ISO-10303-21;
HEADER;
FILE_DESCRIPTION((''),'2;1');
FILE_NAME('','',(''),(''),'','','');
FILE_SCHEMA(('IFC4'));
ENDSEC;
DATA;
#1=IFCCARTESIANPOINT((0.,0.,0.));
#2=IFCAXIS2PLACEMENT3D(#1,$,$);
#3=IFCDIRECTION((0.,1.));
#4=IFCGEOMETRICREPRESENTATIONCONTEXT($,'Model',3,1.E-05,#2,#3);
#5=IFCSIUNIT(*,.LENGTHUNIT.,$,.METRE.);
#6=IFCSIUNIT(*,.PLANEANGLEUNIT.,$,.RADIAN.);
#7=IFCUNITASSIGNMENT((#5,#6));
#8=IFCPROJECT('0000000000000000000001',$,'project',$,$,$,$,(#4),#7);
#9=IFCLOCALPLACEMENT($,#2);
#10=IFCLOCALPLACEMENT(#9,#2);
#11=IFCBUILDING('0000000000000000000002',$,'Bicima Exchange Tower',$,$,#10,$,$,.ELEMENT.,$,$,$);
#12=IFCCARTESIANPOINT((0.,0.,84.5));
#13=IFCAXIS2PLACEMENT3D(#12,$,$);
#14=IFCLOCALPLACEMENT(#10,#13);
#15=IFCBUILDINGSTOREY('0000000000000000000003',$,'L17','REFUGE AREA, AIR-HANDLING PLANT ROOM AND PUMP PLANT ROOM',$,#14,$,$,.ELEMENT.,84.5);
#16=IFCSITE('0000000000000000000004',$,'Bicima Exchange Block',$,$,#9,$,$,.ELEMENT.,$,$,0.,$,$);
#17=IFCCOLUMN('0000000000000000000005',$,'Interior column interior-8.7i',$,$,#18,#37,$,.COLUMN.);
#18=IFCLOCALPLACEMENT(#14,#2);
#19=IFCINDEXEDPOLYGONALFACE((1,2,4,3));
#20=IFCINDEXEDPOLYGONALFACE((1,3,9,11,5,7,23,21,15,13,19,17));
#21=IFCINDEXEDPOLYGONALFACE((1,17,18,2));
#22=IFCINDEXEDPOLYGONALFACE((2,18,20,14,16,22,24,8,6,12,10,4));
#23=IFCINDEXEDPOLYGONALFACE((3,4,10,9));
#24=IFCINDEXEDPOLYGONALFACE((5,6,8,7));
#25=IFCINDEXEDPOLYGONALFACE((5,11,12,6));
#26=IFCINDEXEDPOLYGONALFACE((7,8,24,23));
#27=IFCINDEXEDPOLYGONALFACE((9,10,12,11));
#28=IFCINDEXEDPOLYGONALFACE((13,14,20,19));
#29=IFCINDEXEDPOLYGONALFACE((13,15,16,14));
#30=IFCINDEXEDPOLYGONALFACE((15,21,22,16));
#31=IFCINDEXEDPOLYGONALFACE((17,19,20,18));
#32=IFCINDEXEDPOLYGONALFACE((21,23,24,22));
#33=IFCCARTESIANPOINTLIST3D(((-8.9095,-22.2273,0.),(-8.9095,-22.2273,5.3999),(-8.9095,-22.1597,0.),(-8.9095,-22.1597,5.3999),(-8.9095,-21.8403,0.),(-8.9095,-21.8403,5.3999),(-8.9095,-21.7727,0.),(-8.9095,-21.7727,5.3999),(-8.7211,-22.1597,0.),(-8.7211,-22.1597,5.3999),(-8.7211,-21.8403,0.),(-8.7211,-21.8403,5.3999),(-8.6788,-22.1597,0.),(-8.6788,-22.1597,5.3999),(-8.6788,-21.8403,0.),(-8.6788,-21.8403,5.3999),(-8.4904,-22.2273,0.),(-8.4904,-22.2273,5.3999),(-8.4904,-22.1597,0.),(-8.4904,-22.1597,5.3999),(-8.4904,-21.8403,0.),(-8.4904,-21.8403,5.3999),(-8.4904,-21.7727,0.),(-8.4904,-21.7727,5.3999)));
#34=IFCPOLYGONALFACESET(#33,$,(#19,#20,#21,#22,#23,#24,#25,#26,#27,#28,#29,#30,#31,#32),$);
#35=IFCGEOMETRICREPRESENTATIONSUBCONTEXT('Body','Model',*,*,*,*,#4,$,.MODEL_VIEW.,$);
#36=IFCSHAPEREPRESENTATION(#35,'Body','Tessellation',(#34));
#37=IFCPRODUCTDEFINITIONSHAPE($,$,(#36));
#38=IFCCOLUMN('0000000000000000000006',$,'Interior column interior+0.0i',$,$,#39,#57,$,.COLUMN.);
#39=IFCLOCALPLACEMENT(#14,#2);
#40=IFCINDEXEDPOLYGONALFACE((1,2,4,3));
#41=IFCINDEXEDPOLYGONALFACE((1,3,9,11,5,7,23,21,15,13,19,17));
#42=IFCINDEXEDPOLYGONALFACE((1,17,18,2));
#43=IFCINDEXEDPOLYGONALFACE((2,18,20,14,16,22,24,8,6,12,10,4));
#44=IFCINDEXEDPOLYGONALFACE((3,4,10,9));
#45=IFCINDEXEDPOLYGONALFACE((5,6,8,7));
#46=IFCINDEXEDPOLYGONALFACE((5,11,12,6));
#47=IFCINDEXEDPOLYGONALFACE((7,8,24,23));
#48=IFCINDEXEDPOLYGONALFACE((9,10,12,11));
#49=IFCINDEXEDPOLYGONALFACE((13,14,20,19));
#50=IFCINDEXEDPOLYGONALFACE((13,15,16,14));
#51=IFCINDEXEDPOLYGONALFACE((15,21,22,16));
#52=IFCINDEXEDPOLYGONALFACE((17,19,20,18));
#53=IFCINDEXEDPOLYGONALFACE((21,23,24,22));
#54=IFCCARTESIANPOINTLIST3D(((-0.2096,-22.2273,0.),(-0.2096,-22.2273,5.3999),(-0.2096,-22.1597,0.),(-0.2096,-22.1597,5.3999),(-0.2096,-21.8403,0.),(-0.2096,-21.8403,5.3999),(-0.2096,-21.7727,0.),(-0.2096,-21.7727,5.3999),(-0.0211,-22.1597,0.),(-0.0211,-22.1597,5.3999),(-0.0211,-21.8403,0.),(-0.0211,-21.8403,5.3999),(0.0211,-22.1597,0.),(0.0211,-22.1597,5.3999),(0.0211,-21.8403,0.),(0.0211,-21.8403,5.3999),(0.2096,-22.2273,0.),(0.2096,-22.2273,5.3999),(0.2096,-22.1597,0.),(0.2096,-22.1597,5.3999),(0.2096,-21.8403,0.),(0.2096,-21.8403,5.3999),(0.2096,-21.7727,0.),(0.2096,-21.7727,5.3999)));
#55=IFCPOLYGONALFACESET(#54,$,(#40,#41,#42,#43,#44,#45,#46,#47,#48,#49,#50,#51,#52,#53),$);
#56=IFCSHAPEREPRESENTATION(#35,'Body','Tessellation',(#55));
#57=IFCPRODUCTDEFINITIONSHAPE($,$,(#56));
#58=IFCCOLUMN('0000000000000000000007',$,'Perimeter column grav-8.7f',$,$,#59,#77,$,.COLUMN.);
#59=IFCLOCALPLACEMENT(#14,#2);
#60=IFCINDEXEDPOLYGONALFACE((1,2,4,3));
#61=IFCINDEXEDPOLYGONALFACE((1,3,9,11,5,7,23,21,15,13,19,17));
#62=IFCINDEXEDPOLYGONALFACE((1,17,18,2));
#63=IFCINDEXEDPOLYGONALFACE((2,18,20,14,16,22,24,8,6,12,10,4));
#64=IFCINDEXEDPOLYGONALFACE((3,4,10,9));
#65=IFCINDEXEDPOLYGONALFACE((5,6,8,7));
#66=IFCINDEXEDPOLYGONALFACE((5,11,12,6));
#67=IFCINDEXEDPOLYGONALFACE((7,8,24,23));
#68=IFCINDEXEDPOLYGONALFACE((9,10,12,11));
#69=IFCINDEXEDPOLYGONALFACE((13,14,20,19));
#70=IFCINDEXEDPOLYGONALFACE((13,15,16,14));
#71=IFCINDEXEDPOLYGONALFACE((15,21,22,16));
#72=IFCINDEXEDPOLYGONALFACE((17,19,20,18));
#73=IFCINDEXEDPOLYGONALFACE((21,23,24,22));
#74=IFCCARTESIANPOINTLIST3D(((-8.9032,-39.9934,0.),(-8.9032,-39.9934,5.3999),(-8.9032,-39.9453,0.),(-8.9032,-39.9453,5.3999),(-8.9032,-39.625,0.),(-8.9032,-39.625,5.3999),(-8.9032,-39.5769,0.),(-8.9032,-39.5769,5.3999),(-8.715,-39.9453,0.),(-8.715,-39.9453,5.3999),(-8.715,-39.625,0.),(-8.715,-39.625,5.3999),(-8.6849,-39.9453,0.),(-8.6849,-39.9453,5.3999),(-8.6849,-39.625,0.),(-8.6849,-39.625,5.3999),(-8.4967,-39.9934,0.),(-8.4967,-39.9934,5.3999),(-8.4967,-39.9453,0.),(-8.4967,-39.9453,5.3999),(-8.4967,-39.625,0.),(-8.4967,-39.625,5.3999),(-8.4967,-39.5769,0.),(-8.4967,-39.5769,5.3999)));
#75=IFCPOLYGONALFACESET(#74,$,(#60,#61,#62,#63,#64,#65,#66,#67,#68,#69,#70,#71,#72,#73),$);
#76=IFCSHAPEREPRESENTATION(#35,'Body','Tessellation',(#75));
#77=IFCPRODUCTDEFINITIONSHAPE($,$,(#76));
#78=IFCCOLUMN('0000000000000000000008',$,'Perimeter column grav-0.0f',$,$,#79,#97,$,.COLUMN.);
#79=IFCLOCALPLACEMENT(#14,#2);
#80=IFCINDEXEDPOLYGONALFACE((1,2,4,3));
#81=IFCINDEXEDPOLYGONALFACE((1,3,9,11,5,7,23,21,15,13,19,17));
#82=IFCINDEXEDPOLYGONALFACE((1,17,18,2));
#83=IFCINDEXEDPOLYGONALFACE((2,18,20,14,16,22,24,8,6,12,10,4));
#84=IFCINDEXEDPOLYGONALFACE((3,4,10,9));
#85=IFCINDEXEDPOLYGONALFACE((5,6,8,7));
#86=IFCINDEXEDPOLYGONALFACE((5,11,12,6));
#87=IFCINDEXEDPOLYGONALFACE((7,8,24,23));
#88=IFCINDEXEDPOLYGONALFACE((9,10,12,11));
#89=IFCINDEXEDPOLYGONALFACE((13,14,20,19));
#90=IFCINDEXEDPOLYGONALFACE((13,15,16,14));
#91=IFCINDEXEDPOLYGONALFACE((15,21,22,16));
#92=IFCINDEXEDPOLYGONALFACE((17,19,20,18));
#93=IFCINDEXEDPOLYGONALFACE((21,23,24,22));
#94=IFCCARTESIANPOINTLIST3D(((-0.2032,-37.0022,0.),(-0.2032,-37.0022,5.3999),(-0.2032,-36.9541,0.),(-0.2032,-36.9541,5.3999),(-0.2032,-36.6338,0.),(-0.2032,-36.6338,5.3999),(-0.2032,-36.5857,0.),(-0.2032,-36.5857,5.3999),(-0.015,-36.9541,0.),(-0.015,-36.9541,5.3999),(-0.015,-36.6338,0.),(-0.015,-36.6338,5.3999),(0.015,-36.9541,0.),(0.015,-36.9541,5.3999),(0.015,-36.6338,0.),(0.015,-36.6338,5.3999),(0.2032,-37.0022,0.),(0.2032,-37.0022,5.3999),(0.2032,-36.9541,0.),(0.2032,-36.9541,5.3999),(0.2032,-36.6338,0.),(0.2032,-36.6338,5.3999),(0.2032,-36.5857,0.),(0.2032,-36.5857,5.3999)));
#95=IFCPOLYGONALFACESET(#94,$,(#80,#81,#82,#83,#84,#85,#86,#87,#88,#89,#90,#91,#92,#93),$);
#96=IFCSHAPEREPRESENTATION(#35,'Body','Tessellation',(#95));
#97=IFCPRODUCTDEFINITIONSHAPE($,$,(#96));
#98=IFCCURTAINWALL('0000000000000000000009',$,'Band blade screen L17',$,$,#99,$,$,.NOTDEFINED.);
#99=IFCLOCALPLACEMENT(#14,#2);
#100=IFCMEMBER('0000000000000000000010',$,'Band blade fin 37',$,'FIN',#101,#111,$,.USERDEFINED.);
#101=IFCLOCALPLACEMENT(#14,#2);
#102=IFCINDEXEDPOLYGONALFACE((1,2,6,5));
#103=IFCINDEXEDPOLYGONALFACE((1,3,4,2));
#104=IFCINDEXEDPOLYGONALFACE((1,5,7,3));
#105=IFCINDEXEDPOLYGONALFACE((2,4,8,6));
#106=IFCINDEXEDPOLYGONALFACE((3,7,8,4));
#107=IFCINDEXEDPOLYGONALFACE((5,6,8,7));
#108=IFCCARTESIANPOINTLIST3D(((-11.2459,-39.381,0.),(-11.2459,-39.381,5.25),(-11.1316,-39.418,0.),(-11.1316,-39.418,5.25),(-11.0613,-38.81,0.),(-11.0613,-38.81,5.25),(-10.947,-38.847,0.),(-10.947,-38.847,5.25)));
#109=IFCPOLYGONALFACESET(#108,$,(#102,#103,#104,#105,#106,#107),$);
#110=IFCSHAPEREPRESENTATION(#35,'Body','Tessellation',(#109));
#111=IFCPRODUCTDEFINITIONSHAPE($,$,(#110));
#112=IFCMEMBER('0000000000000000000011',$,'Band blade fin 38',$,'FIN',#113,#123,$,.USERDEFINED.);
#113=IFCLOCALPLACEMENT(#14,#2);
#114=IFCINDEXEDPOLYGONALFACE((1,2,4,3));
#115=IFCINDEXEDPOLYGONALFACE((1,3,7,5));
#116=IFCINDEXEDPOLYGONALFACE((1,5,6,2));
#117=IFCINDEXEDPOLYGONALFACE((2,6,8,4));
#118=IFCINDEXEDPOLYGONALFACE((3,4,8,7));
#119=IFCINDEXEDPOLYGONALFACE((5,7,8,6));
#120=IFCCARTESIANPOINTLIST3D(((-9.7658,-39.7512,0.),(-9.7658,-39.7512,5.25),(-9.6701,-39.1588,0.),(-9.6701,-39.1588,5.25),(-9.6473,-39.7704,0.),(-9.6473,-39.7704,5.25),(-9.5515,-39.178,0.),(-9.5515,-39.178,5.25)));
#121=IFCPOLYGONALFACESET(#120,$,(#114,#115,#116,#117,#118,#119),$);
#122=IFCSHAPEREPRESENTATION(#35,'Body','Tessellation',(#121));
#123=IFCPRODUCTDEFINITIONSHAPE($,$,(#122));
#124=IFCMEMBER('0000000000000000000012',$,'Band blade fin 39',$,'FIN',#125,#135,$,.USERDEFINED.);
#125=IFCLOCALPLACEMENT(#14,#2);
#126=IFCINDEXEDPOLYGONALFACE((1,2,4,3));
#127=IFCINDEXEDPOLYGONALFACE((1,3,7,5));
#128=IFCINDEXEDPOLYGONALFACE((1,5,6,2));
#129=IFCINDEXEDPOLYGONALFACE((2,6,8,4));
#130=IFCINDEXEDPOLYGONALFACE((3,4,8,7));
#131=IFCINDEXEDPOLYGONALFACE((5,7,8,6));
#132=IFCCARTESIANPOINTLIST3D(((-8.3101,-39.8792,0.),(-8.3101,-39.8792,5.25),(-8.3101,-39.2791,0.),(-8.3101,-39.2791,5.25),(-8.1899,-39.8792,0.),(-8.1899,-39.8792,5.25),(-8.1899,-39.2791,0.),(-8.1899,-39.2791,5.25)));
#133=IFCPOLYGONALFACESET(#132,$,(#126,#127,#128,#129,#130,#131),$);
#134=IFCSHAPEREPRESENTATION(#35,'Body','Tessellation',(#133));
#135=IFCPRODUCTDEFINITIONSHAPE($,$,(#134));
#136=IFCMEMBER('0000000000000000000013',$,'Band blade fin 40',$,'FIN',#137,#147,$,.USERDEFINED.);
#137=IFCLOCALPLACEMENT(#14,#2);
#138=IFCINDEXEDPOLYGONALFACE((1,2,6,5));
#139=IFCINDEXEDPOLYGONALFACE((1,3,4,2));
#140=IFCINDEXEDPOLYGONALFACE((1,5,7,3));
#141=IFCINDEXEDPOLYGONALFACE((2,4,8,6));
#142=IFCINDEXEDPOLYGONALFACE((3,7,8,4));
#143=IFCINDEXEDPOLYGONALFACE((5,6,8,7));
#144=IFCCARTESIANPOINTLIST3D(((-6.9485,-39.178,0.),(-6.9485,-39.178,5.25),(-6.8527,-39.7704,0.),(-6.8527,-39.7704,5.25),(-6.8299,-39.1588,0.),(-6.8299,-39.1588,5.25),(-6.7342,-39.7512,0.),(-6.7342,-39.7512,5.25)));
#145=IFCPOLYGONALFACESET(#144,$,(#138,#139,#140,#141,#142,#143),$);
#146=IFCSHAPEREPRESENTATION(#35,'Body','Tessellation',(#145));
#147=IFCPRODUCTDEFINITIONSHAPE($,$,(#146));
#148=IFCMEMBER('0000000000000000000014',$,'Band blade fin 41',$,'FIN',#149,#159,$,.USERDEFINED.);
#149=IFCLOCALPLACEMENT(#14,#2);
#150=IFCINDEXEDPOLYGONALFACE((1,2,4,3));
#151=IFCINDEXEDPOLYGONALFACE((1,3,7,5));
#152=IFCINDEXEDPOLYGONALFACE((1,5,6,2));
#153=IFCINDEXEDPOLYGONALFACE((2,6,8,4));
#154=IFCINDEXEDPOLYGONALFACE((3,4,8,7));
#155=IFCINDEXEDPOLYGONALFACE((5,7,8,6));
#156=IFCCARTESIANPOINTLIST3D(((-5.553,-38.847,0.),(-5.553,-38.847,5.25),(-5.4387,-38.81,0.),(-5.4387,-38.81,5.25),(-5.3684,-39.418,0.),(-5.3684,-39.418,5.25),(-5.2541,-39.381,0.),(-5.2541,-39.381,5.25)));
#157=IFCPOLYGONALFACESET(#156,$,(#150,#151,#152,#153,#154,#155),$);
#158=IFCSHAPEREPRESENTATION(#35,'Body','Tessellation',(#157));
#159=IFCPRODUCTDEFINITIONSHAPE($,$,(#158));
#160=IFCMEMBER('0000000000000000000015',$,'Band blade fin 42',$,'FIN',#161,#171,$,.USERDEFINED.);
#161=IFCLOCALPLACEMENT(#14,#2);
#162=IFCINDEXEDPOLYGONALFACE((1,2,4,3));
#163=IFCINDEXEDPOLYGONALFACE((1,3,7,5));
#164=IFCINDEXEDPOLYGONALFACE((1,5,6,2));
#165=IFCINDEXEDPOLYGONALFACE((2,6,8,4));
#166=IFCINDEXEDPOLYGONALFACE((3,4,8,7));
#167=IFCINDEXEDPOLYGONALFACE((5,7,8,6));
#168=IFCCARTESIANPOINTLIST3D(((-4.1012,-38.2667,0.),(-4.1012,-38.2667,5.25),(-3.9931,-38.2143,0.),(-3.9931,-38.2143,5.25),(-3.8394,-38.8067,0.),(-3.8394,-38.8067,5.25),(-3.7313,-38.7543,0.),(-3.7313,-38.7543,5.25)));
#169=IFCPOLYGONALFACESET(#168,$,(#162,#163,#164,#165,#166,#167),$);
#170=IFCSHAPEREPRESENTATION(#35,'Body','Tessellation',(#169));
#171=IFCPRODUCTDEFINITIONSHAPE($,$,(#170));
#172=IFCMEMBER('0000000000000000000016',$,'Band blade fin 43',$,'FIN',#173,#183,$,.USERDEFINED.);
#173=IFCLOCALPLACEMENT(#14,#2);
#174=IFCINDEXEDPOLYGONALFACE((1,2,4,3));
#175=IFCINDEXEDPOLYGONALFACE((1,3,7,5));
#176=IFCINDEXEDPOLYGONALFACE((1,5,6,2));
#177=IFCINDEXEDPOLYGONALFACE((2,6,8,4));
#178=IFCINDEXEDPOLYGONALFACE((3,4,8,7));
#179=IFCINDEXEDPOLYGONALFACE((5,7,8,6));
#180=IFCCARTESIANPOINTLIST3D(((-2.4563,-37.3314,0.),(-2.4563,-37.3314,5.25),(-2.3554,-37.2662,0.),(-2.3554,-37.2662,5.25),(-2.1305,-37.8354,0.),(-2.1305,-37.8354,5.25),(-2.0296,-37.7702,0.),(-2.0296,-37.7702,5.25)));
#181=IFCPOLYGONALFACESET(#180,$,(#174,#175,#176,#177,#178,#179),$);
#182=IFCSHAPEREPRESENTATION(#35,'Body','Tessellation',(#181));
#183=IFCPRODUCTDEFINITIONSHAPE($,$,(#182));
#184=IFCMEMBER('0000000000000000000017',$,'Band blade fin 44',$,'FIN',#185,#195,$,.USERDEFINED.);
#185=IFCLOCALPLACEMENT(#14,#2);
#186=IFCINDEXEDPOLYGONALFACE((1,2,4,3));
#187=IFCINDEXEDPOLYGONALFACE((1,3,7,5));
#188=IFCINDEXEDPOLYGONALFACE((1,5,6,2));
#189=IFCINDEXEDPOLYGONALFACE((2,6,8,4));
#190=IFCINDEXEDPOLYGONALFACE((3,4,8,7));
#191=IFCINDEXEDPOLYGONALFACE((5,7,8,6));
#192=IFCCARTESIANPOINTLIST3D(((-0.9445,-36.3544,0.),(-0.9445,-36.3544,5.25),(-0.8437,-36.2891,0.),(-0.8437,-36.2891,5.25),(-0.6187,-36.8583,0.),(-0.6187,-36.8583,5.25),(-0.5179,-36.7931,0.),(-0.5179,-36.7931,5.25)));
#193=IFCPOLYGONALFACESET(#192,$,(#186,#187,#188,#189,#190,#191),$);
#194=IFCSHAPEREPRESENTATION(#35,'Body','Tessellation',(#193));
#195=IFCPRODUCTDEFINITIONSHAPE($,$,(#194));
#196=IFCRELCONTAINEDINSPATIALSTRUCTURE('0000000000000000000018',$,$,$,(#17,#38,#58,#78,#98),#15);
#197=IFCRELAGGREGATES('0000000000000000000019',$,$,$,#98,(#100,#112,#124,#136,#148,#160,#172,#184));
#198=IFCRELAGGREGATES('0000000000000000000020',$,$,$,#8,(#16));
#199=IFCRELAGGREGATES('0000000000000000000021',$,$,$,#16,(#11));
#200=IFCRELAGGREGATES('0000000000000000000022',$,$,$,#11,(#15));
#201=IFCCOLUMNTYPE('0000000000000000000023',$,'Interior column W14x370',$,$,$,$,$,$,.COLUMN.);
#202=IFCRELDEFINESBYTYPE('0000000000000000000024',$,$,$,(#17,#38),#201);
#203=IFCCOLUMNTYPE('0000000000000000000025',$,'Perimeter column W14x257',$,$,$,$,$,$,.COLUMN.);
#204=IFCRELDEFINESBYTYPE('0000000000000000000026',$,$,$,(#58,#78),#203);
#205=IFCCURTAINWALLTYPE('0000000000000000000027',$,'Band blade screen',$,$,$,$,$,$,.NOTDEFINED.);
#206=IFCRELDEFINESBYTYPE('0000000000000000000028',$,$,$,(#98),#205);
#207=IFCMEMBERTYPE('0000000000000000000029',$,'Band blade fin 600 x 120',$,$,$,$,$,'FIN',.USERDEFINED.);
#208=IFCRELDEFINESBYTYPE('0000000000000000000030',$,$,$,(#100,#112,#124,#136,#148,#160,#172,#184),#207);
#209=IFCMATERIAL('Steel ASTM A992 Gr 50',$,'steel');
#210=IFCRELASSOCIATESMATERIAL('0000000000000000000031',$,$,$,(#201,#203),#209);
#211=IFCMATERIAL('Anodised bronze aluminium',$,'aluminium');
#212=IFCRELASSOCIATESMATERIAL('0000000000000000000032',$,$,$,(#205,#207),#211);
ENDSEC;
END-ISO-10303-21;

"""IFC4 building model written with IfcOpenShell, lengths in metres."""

from ifc_helpers import new_model, si_unit, direction, frame, origin, origin_2d, place, context, subcontext, project, spatial, rectangle, i_section, extrude, material, material_profile, profile_set, type_object, element, aggregate, save


model = new_model("IFC4")

# Units and contexts
model_context = context("Model", 3, precision=1e-05, world=origin(), true_north=direction((0.0, 1.0)))
body_context = subcontext(model_context, "Body", "Model", "MODEL_VIEW")
ifc_project = project(units=[si_unit("LENGTHUNIT", "METRE"), si_unit("PLANEANGLEUNIT", "RADIAN")], contexts=[model_context])

# Site, building, storey
site_placement = place(None, origin())
site = spatial("IfcSite", under=ifc_project, at=site_placement, Name="Bicima Exchange Block", CompositionType="ELEMENT", RefElevation=0.0)
building_placement = place(site_placement, origin())
building = spatial("IfcBuilding", under=site, at=building_placement, Name="Bicima Exchange Tower", CompositionType="ELEMENT")
storey_placement = place(building_placement, frame((0.0, 0.0, 84.5)))
storey = spatial("IfcBuildingStorey", under=building, at=storey_placement, Name="L17", Description="REFUGE AREA, AIR-HANDLING PLANT ROOM AND PUMP PLANT ROOM", CompositionType="ELEMENT", Elevation=84.5)

# Columns
ifc_material_1 = material(Name="Steel ASTM A992 Gr 50", Category="steel")
ifc_material_profile_1 = material_profile(ifc_material_1, i_section(OverallWidth=0.4192, OverallDepth=0.4546, WebThickness=0.0422, FlangeThickness=0.0676, at=origin_2d()))
ifc_profile_set_1 = profile_set([ifc_material_profile_1], Name="Steel ASTM A992 Gr 50")
column_type_1 = type_object("IfcColumnType", Name="Interior column W14x370", PredefinedType="COLUMN", material=ifc_profile_set_1)
for number, where, z_axis, x_axis, name in (
    (1, (-8.7, -22.0, 0.0), (0.0, 0.0, 1.0), (1.0, 0.0, 0.0), "Interior column interior-8.7i"),
    (2, (0.0, -22.0, 0.0), (0.0, 0.0, 1.0), (1.0, 0.0, 0.0), "Interior column interior+0.0i"),
):
    element("IfcColumn", number, at=place(storey_placement, frame(where, z_axis=z_axis, x_axis=x_axis)), inside=storey, type_object=column_type_1, Name=name, PredefinedType="COLUMN", context=body_context, shape_type="SweptSolid", body=[
        extrude(i_section(OverallWidth=0.4192, OverallDepth=0.4546, WebThickness=0.0422, FlangeThickness=0.0676, at=origin_2d()), origin(), (0.0, 0.0, 1.0), 5.3999),
    ])
ifc_material_profile_2 = material_profile(ifc_material_1, i_section(OverallWidth=0.4065, OverallDepth=0.4165, WebThickness=0.03, FlangeThickness=0.0481, at=origin_2d()))
ifc_profile_set_2 = profile_set([ifc_material_profile_2], Name="Steel ASTM A992 Gr 50")
column_type_2 = type_object("IfcColumnType", Name="Perimeter column W14x257", PredefinedType="COLUMN", material=ifc_profile_set_2)
for number, where, z_axis, x_axis, name in (
    (3, (-8.7, -39.7852, 0.0), (0.0, 0.0, 1.0), (1.0, 0.0, 0.0), "Perimeter column grav-8.7f"),
    (4, (0.0, -36.7939, 0.0), (0.0, 0.0, 1.0), (1.0, 0.0, 0.0), "Perimeter column grav-0.0f"),
):
    element("IfcColumn", number, at=place(storey_placement, frame(where, z_axis=z_axis, x_axis=x_axis)), inside=storey, type_object=column_type_2, Name=name, PredefinedType="COLUMN", context=body_context, shape_type="SweptSolid", body=[
        extrude(i_section(OverallWidth=0.4065, OverallDepth=0.4165, WebThickness=0.03, FlangeThickness=0.0481, at=origin_2d()), origin(), (0.0, 0.0, 1.0), 5.3999),
    ])

# Curtain wall, members
ifc_material_2 = material(Name="Anodised bronze aluminium", Category="aluminium")
curtain_wall_type = type_object("IfcCurtainWallType", Name="Band blade screen", PredefinedType="NOTDEFINED", material=ifc_material_2)
curtain_wall_placement = place(storey_placement, origin())
curtain_wall = element("IfcCurtainWall", 5, at=curtain_wall_placement, inside=storey, type_object=curtain_wall_type, Name="Band blade screen L17", PredefinedType="NOTDEFINED")
ifc_material_profile_3 = material_profile(ifc_material_2, rectangle(XDim=0.6001, YDim=0.1201, at=origin_2d()))
ifc_profile_set_3 = profile_set([ifc_material_profile_3], Name="Anodised bronze aluminium")
member_type_1 = type_object("IfcMemberType", Name="Band blade fin 600 x 120", ElementType="FIN", PredefinedType="USERDEFINED", material=ifc_profile_set_3)
member_1_placement = place(storey_placement, frame((-11.0964, -39.114, 0.0), z_axis=(0.0, 0.0, 1.0), x_axis=(0.307553, 0.951531, 0.0)))
member_1 = element("IfcMember", 6, at=member_1_placement, type_object=member_type_1, Name="Band blade fin 37", ObjectType="FIN", PredefinedType="USERDEFINED", context=body_context, shape_type="SweptSolid", body=[
    extrude(rectangle(XDim=0.6001, YDim=0.1201, at=origin_2d()), origin(), (0.0, 0.0, 1.0), 5.25),
])
member_2_placement = place(storey_placement, frame((-9.6587, -39.4646, 0.0), z_axis=(0.0, 0.0, 1.0), x_axis=(0.159533, 0.987193, 0.0)))
member_2 = element("IfcMember", 7, at=member_2_placement, type_object=member_type_1, Name="Band blade fin 38", ObjectType="FIN", PredefinedType="USERDEFINED", context=body_context, shape_type="SweptSolid", body=[
    extrude(rectangle(XDim=0.6001, YDim=0.1201, at=origin_2d()), origin(), (0.0, 0.0, 1.0), 5.25),
])
member_3_placement = place(storey_placement, frame((-8.25, -39.5791, 0.0), z_axis=(0.0, 0.0, 1.0), x_axis=(0.0, 1.0, 0.0)))
member_3 = element("IfcMember", 8, at=member_3_placement, type_object=member_type_1, Name="Band blade fin 39", ObjectType="FIN", PredefinedType="USERDEFINED", context=body_context, shape_type="SweptSolid", body=[
    extrude(rectangle(XDim=0.6001, YDim=0.1201, at=origin_2d()), origin(), (0.0, 0.0, 1.0), 5.25),
])
member_4_placement = place(storey_placement, frame((-6.8413, -39.4646, 0.0), z_axis=(0.0, 0.0, 1.0), x_axis=(-0.159533, 0.987193, 0.0)))
member_4 = element("IfcMember", 9, at=member_4_placement, type_object=member_type_1, Name="Band blade fin 40", ObjectType="FIN", PredefinedType="USERDEFINED", context=body_context, shape_type="SweptSolid", body=[
    extrude(rectangle(XDim=0.6001, YDim=0.1201, at=origin_2d()), origin(), (0.0, 0.0, 1.0), 5.25),
])
member_5_placement = place(storey_placement, frame((-5.4036, -39.114, 0.0), z_axis=(0.0, 0.0, 1.0), x_axis=(-0.307553, 0.951531, 0.0)))
member_5 = element("IfcMember", 10, at=member_5_placement, type_object=member_type_1, Name="Band blade fin 41", ObjectType="FIN", PredefinedType="USERDEFINED", context=body_context, shape_type="SweptSolid", body=[
    extrude(rectangle(XDim=0.6001, YDim=0.1201, at=origin_2d()), origin(), (0.0, 0.0, 1.0), 5.25),
])
member_6_placement = place(storey_placement, frame((-3.9163, -38.5105, 0.0), z_axis=(0.0, 0.0, 1.0), x_axis=(-0.436287, 0.899808, 0.0)))
member_6 = element("IfcMember", 11, at=member_6_placement, type_object=member_type_1, Name="Band blade fin 42", ObjectType="FIN", PredefinedType="USERDEFINED", context=body_context, shape_type="SweptSolid", body=[
    extrude(rectangle(XDim=0.6001, YDim=0.1201, at=origin_2d()), origin(), (0.0, 0.0, 1.0), 5.25),
])
member_7_placement = place(storey_placement, frame((-2.2429, -37.5508, 0.0), z_axis=(0.0, 0.0, 1.0), x_axis=(-0.542909, 0.839791, 0.0)))
member_7 = element("IfcMember", 12, at=member_7_placement, type_object=member_type_1, Name="Band blade fin 43", ObjectType="FIN", PredefinedType="USERDEFINED", context=body_context, shape_type="SweptSolid", body=[
    extrude(rectangle(XDim=0.6001, YDim=0.1201, at=origin_2d()), origin(), (0.0, 0.0, 1.0), 5.25),
])
member_8_placement = place(storey_placement, frame((-0.7312, -36.5737, 0.0), z_axis=(0.0, 0.0, 1.0), x_axis=(-0.542909, 0.839791, 0.0)))
member_8 = element("IfcMember", 13, at=member_8_placement, type_object=member_type_1, Name="Band blade fin 44", ObjectType="FIN", PredefinedType="USERDEFINED", context=body_context, shape_type="SweptSolid", body=[
    extrude(rectangle(XDim=0.6001, YDim=0.1201, at=origin_2d()), origin(), (0.0, 0.0, 1.0), 5.25),
])
aggregate(curtain_wall, [member_1, member_2, member_3, member_4, member_5, member_6, member_7, member_8])

save(model, "model.ifc")
